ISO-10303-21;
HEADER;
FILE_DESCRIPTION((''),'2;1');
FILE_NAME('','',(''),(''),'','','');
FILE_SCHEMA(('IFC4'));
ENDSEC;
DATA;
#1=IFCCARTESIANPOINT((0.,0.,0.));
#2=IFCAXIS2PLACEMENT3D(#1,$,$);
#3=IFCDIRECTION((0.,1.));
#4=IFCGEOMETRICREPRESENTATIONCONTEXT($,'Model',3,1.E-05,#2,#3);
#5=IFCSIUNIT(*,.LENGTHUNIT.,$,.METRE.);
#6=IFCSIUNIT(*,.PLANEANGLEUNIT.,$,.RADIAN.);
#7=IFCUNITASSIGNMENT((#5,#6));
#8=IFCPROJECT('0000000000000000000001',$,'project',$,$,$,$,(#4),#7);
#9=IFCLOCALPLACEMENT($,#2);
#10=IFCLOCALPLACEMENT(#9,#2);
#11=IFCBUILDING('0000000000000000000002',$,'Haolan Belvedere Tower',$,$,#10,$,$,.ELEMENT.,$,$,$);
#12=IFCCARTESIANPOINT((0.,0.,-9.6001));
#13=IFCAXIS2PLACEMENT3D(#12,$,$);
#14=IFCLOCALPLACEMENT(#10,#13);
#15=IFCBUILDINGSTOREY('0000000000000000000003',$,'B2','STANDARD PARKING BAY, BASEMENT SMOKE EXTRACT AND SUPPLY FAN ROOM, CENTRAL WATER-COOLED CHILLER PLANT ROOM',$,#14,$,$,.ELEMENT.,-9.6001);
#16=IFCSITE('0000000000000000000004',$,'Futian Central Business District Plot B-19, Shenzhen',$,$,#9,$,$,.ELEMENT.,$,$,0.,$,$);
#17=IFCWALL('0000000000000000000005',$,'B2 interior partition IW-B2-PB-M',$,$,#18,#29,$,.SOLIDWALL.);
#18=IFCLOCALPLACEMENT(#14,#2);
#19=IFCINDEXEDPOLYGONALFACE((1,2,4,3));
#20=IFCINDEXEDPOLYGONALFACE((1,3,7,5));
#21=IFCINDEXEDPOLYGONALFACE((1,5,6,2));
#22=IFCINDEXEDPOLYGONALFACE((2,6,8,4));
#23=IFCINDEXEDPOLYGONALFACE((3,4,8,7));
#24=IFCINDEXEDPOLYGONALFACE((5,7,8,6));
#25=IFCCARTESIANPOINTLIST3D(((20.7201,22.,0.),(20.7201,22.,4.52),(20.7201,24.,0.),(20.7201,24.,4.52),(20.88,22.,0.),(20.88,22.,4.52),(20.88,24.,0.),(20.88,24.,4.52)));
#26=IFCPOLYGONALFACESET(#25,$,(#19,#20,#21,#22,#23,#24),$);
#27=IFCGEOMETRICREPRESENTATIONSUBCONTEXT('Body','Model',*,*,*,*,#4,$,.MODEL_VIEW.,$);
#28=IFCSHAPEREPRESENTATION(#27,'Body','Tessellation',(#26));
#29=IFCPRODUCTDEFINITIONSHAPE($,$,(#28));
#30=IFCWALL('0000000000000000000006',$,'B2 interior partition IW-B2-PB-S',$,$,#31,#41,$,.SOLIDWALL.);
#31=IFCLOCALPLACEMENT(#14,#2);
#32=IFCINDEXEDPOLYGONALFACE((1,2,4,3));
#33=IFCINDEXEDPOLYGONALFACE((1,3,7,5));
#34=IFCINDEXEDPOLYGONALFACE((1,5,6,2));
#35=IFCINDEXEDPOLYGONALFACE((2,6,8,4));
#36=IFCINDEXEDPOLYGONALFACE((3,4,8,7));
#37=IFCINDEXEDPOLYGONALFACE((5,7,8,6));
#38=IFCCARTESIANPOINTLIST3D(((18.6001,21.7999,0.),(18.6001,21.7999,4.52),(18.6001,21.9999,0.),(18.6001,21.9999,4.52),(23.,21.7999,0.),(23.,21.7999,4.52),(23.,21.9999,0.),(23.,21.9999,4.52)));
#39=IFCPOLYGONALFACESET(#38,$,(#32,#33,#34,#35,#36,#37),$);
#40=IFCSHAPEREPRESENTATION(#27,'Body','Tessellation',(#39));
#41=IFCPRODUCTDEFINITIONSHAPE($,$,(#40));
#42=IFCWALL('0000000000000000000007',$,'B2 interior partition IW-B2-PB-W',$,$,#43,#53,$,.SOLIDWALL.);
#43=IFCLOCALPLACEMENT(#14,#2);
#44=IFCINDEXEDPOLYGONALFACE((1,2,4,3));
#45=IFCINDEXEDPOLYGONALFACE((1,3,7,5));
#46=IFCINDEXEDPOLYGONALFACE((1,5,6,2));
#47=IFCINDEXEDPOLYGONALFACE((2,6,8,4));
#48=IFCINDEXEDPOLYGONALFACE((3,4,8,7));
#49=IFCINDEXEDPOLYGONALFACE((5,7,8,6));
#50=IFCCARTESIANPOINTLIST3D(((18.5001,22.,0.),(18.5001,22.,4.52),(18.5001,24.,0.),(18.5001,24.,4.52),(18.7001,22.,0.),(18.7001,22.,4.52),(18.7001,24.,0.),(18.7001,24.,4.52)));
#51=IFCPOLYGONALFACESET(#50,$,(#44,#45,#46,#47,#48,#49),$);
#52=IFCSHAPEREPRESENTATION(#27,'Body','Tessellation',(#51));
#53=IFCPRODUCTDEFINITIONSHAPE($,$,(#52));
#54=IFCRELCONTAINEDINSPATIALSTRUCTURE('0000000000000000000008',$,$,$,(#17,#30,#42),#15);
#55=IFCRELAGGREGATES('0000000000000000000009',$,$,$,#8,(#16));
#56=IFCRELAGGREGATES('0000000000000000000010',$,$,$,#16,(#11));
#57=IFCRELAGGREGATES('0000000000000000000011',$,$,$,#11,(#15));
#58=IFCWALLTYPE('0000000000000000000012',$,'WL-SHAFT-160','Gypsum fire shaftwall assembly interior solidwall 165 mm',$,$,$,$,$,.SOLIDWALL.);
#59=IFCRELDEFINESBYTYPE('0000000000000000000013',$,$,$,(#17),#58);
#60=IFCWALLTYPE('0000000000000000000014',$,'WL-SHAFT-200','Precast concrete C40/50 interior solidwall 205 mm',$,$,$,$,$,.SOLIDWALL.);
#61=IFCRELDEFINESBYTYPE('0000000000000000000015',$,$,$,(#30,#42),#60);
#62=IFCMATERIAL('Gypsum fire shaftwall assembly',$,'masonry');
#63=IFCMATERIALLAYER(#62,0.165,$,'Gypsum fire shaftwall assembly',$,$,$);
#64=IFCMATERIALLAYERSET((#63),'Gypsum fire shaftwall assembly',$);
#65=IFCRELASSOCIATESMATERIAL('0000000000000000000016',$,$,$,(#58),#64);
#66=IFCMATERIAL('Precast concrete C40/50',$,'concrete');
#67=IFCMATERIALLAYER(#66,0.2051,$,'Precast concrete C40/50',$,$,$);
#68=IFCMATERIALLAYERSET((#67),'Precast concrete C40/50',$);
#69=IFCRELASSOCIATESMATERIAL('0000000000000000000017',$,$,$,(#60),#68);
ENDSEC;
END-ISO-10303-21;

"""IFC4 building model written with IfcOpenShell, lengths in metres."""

from ifc_helpers import new_model, si_unit, direction, frame, frame_2d, origin, place, context, subcontext, project, spatial, rectangle, extrude, material, layer, layer_set, type_object, element, save


model = new_model("IFC4")

# Units and contexts
model_context = context("Model", 3, precision=1e-05, world=origin(), true_north=direction((0.0, 1.0)))
body_context = subcontext(model_context, "Body", "Model", "MODEL_VIEW")
ifc_project = project(units=[si_unit("LENGTHUNIT", "METRE"), si_unit("PLANEANGLEUNIT", "RADIAN")], contexts=[model_context])

# Site, building, storey
site_placement = place(None, origin())
site = spatial("IfcSite", under=ifc_project, at=site_placement, Name="Futian Central Business District Plot B-19, Shenzhen", CompositionType="ELEMENT", RefElevation=0.0)
building_placement = place(site_placement, origin())
building = spatial("IfcBuilding", under=site, at=building_placement, Name="Haolan Belvedere Tower", CompositionType="ELEMENT")
storey_placement = place(building_placement, frame((0.0, 0.0, -9.6001)))
storey = spatial("IfcBuildingStorey", under=building, at=storey_placement, Name="B2", Description="STANDARD PARKING BAY, BASEMENT SMOKE EXTRACT AND SUPPLY FAN ROOM, CENTRAL WATER-COOLED CHILLER PLANT ROOM", CompositionType="ELEMENT", Elevation=-9.6001)

# Walls
ifc_material_1 = material(Name="Gypsum fire shaftwall assembly", Category="masonry")
ifc_layer_1 = layer(ifc_material_1, 0.165, Name="Gypsum fire shaftwall assembly")
ifc_layer_set_1 = layer_set([ifc_layer_1], Name="Gypsum fire shaftwall assembly")
wall_type_1 = type_object("IfcWallType", Name="WL-SHAFT-160", Description="Gypsum fire shaftwall assembly interior solidwall 165 mm", PredefinedType="SOLIDWALL", material=ifc_layer_set_1)
wall_1_placement = place(storey_placement, frame((20.8, 22.0, 0.0), z_axis=(0.0, 0.0, 1.0), x_axis=(0.0, 1.0, 0.0)))
element("IfcWall", 1, at=wall_1_placement, inside=storey, type_object=wall_type_1, Name="B2 interior partition IW-B2-PB-M", PredefinedType="SOLIDWALL", context=body_context, shape_type="SweptSolid", body=[
    extrude(rectangle(XDim=2.0, YDim=0.1599, at=frame_2d((1.0, 0.0))), origin(), (0.0, 0.0, 1.0), 4.52),
])
ifc_material_2 = material(Name="Precast concrete C40/50", Category="concrete")
ifc_layer_2 = layer(ifc_material_2, 0.2051, Name="Precast concrete C40/50")
ifc_layer_set_2 = layer_set([ifc_layer_2], Name="Precast concrete C40/50")
wall_type_2 = type_object("IfcWallType", Name="WL-SHAFT-200", Description="Precast concrete C40/50 interior solidwall 205 mm", PredefinedType="SOLIDWALL", material=ifc_layer_set_2)
wall_2_placement = place(storey_placement, frame((18.6001, 21.8999, 0.0), z_axis=(0.0, 0.0, 1.0), x_axis=(1.0, 0.0, 0.0)))
element("IfcWall", 2, at=wall_2_placement, inside=storey, type_object=wall_type_2, Name="B2 interior partition IW-B2-PB-S", PredefinedType="SOLIDWALL", context=body_context, shape_type="SweptSolid", body=[
    extrude(rectangle(XDim=4.3999, YDim=0.2, at=frame_2d((2.2, 0.0))), origin(), (0.0, 0.0, 1.0), 4.52),
])
wall_3_placement = place(storey_placement, frame((18.6001, 22.0, 0.0), z_axis=(0.0, 0.0, 1.0), x_axis=(0.0, 1.0, 0.0)))
element("IfcWall", 3, at=wall_3_placement, inside=storey, type_object=wall_type_2, Name="B2 interior partition IW-B2-PB-W", PredefinedType="SOLIDWALL", context=body_context, shape_type="SweptSolid", body=[
    extrude(rectangle(XDim=2.0, YDim=0.2, at=frame_2d((1.0, 0.0))), origin(), (0.0, 0.0, 1.0), 4.52),
])

save(model, "model.ifc")
